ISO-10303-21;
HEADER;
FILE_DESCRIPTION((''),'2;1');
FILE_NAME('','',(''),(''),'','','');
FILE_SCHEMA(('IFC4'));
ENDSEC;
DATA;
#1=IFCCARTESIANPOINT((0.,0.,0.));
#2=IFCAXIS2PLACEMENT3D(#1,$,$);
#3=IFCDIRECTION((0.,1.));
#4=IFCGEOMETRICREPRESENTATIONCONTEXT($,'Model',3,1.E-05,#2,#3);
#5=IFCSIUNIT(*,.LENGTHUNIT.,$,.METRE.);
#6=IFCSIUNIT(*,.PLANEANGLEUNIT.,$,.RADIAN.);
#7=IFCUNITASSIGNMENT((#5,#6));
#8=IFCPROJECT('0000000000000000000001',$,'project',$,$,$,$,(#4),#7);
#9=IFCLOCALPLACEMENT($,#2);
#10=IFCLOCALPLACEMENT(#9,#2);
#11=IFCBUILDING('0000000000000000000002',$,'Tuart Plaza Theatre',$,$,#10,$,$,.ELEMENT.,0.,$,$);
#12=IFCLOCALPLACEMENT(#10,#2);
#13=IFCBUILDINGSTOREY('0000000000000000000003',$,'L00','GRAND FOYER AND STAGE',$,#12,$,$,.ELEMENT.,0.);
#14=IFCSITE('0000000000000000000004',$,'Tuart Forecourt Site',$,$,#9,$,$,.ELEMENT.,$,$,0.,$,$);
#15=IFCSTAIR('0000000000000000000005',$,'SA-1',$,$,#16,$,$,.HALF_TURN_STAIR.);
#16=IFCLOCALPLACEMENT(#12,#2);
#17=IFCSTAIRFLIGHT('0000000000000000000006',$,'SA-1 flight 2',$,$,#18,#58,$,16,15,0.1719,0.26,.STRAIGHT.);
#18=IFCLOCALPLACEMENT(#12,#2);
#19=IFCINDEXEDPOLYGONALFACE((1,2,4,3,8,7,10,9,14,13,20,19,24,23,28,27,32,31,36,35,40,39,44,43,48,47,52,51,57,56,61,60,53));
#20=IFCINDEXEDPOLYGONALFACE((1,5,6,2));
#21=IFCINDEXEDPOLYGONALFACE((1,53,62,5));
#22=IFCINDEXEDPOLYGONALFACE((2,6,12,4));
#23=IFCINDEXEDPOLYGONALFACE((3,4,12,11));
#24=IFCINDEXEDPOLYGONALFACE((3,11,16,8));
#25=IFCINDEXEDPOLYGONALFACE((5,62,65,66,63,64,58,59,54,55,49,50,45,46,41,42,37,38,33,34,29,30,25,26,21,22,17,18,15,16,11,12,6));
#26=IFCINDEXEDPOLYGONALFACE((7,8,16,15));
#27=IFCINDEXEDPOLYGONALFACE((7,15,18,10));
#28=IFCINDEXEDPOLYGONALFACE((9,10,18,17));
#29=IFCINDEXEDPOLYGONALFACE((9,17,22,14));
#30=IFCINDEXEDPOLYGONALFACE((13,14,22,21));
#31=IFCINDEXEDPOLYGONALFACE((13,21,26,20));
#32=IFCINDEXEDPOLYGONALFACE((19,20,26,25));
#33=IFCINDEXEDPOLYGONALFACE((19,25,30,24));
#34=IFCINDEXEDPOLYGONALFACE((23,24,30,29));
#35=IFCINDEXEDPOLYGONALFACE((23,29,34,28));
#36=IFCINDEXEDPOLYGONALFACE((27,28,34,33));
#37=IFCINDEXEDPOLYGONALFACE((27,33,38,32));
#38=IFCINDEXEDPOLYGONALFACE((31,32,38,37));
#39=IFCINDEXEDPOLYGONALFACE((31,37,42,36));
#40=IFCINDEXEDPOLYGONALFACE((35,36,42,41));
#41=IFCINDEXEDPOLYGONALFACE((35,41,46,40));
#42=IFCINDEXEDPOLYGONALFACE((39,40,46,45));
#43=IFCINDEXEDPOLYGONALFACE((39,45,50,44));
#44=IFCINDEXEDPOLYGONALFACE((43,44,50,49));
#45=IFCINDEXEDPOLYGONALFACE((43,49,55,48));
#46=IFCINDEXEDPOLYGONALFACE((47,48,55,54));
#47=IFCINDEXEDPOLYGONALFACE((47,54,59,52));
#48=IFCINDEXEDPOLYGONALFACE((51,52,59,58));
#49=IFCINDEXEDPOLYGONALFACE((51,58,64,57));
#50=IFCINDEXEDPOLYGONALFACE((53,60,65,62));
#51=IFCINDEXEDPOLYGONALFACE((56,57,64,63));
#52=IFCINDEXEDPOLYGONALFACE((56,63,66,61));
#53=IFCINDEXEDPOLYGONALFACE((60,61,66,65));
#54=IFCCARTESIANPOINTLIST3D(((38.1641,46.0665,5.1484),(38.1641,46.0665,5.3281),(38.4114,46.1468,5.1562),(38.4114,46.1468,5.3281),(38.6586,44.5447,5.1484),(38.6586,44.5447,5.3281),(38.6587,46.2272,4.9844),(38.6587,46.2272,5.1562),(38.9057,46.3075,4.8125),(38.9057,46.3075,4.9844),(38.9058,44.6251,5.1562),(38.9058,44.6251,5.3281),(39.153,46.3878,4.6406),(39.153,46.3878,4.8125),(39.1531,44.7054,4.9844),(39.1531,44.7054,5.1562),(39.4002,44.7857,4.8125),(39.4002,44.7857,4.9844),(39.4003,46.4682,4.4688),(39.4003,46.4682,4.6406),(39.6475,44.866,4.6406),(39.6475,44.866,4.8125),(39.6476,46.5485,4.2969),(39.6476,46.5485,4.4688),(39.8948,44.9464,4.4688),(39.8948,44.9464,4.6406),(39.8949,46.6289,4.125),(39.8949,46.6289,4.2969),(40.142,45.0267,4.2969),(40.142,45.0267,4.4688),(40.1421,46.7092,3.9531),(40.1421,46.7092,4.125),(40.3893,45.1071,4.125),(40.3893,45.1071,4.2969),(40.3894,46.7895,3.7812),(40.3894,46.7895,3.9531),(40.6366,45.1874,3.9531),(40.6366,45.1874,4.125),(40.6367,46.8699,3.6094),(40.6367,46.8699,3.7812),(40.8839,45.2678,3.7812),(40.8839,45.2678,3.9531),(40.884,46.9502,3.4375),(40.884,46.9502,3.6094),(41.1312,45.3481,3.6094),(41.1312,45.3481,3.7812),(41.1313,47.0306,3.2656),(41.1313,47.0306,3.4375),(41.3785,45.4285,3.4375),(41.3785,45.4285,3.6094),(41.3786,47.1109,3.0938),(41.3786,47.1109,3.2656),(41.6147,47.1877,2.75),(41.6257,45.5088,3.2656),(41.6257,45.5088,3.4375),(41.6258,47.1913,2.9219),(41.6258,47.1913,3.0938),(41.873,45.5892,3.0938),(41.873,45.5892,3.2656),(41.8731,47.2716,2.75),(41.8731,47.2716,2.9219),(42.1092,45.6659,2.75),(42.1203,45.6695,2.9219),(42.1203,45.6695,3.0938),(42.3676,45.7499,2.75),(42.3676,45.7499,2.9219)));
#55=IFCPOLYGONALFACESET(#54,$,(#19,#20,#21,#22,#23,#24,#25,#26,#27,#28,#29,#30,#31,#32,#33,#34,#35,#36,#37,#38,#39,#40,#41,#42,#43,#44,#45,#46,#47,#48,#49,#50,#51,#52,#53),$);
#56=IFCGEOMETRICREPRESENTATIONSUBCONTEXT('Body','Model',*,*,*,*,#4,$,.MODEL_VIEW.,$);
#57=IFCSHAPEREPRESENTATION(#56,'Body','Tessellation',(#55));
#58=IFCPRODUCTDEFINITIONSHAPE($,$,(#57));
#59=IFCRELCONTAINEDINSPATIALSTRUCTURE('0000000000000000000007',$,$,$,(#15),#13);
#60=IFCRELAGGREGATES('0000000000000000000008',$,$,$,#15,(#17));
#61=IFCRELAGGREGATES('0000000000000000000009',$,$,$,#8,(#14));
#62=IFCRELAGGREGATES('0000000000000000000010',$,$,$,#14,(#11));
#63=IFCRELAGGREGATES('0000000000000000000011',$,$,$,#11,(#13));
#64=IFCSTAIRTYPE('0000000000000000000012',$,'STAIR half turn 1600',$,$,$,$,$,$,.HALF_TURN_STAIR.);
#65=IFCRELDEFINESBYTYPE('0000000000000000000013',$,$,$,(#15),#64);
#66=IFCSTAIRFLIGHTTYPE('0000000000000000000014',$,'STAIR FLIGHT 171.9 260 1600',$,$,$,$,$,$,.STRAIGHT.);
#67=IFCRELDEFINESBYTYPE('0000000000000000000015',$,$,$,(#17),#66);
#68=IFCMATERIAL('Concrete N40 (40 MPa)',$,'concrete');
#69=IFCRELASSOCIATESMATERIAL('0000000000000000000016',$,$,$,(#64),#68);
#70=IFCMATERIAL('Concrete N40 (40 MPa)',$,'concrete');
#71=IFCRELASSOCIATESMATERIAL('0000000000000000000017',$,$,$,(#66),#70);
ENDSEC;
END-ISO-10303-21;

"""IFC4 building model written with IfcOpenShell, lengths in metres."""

from ifc_helpers import new_model, si_unit, direction, frame, origin, place, context, subcontext, project, spatial, polyline, outline, extrude, material, type_object, element, aggregate, save


model = new_model("IFC4")

# Units and contexts
model_context = context("Model", 3, precision=1e-05, world=origin(), true_north=direction((0.0, 1.0)))
body_context = subcontext(model_context, "Body", "Model", "MODEL_VIEW")
ifc_project = project(units=[si_unit("LENGTHUNIT", "METRE"), si_unit("PLANEANGLEUNIT", "RADIAN")], contexts=[model_context])

# Site, building, storey
site_placement = place(None, origin())
site = spatial("IfcSite", under=ifc_project, at=site_placement, Name="Tuart Forecourt Site", CompositionType="ELEMENT", RefElevation=0.0)
building_placement = place(site_placement, origin())
building = spatial("IfcBuilding", under=site, at=building_placement, Name="Tuart Plaza Theatre", CompositionType="ELEMENT", ElevationOfRefHeight=0.0)
storey_placement = place(building_placement, origin())
storey = spatial("IfcBuildingStorey", under=building, at=storey_placement, Name="L00", Description="GRAND FOYER AND STAGE", CompositionType="ELEMENT", Elevation=0.0)

# Stair, stair flight
ifc_material_1 = material(Name="Concrete N40 (40 MPa)", Category="concrete")
stair_type = type_object("IfcStairType", Name="STAIR half turn 1600", PredefinedType="HALF_TURN_STAIR", material=ifc_material_1)
stair_placement = place(storey_placement, origin())
stair = element("IfcStair", 1, at=stair_placement, inside=storey, type_object=stair_type, Name="SA-1", PredefinedType="HALF_TURN_STAIR")
ifc_material_2 = material(Name="Concrete N40 (40 MPa)", Category="concrete")
stair_flight_type = type_object("IfcStairFlightType", Name="STAIR FLIGHT 171.9 260 1600", PredefinedType="STRAIGHT", material=ifc_material_2)
stair_flight_placement = place(storey_placement, frame((42.1204, 46.5107, 2.75), z_axis=(0.0, 0.0, 1.0), x_axis=(-0.951057, -0.309017, 0.0)))
stair_flight = element("IfcStairFlight", 2, at=stair_flight_placement, type_object=stair_flight_type, Name="SA-1 flight 2", NumberOfRisers=16, NumberOfTreads=15, PredefinedType="STRAIGHT", RiserHeight=0.1719, TreadLength=0.26, context=body_context, shape_type="SweptSolid", body=[
    extrude(outline(polyline([(0.0, 0.0), (0.0, 0.1719), (0.26, 0.1719), (0.26, 0.3438), (0.52, 0.3438), (0.52, 0.5156), (0.78, 0.5156), (0.78, 0.6875), (1.04, 0.6875), (1.04, 0.8594), (1.3, 0.8594), (1.3, 1.0312), (1.5601, 1.0312), (1.5601, 1.2031), (1.8201, 1.2031), (1.8201, 1.375), (2.0801, 1.375), (2.0801, 1.5469), (2.3401, 1.5469), (2.3401, 1.7188), (2.6001, 1.7188), (2.6001, 1.8906), (2.8601, 1.8906), (2.8601, 2.0625), (3.1201, 2.0625), (3.1201, 2.2344), (3.3799, 2.2344), (3.3799, 2.4062), (3.6399, 2.4062), (3.6399, 2.5781), (3.8999, 2.5781), (3.8999, 2.75), (3.8999, 2.3984), (0.2717, 0.0), (0.0, 0.0)])), frame((0.0, 0.8, 0.0), z_axis=(0.0, -1.0, 0.0), x_axis=(1.0, 0.0, 0.0)), (0.0, 0.0, 1.0), 1.6001),
])
aggregate(stair, [stair_flight])

save(model, "model.ifc")
